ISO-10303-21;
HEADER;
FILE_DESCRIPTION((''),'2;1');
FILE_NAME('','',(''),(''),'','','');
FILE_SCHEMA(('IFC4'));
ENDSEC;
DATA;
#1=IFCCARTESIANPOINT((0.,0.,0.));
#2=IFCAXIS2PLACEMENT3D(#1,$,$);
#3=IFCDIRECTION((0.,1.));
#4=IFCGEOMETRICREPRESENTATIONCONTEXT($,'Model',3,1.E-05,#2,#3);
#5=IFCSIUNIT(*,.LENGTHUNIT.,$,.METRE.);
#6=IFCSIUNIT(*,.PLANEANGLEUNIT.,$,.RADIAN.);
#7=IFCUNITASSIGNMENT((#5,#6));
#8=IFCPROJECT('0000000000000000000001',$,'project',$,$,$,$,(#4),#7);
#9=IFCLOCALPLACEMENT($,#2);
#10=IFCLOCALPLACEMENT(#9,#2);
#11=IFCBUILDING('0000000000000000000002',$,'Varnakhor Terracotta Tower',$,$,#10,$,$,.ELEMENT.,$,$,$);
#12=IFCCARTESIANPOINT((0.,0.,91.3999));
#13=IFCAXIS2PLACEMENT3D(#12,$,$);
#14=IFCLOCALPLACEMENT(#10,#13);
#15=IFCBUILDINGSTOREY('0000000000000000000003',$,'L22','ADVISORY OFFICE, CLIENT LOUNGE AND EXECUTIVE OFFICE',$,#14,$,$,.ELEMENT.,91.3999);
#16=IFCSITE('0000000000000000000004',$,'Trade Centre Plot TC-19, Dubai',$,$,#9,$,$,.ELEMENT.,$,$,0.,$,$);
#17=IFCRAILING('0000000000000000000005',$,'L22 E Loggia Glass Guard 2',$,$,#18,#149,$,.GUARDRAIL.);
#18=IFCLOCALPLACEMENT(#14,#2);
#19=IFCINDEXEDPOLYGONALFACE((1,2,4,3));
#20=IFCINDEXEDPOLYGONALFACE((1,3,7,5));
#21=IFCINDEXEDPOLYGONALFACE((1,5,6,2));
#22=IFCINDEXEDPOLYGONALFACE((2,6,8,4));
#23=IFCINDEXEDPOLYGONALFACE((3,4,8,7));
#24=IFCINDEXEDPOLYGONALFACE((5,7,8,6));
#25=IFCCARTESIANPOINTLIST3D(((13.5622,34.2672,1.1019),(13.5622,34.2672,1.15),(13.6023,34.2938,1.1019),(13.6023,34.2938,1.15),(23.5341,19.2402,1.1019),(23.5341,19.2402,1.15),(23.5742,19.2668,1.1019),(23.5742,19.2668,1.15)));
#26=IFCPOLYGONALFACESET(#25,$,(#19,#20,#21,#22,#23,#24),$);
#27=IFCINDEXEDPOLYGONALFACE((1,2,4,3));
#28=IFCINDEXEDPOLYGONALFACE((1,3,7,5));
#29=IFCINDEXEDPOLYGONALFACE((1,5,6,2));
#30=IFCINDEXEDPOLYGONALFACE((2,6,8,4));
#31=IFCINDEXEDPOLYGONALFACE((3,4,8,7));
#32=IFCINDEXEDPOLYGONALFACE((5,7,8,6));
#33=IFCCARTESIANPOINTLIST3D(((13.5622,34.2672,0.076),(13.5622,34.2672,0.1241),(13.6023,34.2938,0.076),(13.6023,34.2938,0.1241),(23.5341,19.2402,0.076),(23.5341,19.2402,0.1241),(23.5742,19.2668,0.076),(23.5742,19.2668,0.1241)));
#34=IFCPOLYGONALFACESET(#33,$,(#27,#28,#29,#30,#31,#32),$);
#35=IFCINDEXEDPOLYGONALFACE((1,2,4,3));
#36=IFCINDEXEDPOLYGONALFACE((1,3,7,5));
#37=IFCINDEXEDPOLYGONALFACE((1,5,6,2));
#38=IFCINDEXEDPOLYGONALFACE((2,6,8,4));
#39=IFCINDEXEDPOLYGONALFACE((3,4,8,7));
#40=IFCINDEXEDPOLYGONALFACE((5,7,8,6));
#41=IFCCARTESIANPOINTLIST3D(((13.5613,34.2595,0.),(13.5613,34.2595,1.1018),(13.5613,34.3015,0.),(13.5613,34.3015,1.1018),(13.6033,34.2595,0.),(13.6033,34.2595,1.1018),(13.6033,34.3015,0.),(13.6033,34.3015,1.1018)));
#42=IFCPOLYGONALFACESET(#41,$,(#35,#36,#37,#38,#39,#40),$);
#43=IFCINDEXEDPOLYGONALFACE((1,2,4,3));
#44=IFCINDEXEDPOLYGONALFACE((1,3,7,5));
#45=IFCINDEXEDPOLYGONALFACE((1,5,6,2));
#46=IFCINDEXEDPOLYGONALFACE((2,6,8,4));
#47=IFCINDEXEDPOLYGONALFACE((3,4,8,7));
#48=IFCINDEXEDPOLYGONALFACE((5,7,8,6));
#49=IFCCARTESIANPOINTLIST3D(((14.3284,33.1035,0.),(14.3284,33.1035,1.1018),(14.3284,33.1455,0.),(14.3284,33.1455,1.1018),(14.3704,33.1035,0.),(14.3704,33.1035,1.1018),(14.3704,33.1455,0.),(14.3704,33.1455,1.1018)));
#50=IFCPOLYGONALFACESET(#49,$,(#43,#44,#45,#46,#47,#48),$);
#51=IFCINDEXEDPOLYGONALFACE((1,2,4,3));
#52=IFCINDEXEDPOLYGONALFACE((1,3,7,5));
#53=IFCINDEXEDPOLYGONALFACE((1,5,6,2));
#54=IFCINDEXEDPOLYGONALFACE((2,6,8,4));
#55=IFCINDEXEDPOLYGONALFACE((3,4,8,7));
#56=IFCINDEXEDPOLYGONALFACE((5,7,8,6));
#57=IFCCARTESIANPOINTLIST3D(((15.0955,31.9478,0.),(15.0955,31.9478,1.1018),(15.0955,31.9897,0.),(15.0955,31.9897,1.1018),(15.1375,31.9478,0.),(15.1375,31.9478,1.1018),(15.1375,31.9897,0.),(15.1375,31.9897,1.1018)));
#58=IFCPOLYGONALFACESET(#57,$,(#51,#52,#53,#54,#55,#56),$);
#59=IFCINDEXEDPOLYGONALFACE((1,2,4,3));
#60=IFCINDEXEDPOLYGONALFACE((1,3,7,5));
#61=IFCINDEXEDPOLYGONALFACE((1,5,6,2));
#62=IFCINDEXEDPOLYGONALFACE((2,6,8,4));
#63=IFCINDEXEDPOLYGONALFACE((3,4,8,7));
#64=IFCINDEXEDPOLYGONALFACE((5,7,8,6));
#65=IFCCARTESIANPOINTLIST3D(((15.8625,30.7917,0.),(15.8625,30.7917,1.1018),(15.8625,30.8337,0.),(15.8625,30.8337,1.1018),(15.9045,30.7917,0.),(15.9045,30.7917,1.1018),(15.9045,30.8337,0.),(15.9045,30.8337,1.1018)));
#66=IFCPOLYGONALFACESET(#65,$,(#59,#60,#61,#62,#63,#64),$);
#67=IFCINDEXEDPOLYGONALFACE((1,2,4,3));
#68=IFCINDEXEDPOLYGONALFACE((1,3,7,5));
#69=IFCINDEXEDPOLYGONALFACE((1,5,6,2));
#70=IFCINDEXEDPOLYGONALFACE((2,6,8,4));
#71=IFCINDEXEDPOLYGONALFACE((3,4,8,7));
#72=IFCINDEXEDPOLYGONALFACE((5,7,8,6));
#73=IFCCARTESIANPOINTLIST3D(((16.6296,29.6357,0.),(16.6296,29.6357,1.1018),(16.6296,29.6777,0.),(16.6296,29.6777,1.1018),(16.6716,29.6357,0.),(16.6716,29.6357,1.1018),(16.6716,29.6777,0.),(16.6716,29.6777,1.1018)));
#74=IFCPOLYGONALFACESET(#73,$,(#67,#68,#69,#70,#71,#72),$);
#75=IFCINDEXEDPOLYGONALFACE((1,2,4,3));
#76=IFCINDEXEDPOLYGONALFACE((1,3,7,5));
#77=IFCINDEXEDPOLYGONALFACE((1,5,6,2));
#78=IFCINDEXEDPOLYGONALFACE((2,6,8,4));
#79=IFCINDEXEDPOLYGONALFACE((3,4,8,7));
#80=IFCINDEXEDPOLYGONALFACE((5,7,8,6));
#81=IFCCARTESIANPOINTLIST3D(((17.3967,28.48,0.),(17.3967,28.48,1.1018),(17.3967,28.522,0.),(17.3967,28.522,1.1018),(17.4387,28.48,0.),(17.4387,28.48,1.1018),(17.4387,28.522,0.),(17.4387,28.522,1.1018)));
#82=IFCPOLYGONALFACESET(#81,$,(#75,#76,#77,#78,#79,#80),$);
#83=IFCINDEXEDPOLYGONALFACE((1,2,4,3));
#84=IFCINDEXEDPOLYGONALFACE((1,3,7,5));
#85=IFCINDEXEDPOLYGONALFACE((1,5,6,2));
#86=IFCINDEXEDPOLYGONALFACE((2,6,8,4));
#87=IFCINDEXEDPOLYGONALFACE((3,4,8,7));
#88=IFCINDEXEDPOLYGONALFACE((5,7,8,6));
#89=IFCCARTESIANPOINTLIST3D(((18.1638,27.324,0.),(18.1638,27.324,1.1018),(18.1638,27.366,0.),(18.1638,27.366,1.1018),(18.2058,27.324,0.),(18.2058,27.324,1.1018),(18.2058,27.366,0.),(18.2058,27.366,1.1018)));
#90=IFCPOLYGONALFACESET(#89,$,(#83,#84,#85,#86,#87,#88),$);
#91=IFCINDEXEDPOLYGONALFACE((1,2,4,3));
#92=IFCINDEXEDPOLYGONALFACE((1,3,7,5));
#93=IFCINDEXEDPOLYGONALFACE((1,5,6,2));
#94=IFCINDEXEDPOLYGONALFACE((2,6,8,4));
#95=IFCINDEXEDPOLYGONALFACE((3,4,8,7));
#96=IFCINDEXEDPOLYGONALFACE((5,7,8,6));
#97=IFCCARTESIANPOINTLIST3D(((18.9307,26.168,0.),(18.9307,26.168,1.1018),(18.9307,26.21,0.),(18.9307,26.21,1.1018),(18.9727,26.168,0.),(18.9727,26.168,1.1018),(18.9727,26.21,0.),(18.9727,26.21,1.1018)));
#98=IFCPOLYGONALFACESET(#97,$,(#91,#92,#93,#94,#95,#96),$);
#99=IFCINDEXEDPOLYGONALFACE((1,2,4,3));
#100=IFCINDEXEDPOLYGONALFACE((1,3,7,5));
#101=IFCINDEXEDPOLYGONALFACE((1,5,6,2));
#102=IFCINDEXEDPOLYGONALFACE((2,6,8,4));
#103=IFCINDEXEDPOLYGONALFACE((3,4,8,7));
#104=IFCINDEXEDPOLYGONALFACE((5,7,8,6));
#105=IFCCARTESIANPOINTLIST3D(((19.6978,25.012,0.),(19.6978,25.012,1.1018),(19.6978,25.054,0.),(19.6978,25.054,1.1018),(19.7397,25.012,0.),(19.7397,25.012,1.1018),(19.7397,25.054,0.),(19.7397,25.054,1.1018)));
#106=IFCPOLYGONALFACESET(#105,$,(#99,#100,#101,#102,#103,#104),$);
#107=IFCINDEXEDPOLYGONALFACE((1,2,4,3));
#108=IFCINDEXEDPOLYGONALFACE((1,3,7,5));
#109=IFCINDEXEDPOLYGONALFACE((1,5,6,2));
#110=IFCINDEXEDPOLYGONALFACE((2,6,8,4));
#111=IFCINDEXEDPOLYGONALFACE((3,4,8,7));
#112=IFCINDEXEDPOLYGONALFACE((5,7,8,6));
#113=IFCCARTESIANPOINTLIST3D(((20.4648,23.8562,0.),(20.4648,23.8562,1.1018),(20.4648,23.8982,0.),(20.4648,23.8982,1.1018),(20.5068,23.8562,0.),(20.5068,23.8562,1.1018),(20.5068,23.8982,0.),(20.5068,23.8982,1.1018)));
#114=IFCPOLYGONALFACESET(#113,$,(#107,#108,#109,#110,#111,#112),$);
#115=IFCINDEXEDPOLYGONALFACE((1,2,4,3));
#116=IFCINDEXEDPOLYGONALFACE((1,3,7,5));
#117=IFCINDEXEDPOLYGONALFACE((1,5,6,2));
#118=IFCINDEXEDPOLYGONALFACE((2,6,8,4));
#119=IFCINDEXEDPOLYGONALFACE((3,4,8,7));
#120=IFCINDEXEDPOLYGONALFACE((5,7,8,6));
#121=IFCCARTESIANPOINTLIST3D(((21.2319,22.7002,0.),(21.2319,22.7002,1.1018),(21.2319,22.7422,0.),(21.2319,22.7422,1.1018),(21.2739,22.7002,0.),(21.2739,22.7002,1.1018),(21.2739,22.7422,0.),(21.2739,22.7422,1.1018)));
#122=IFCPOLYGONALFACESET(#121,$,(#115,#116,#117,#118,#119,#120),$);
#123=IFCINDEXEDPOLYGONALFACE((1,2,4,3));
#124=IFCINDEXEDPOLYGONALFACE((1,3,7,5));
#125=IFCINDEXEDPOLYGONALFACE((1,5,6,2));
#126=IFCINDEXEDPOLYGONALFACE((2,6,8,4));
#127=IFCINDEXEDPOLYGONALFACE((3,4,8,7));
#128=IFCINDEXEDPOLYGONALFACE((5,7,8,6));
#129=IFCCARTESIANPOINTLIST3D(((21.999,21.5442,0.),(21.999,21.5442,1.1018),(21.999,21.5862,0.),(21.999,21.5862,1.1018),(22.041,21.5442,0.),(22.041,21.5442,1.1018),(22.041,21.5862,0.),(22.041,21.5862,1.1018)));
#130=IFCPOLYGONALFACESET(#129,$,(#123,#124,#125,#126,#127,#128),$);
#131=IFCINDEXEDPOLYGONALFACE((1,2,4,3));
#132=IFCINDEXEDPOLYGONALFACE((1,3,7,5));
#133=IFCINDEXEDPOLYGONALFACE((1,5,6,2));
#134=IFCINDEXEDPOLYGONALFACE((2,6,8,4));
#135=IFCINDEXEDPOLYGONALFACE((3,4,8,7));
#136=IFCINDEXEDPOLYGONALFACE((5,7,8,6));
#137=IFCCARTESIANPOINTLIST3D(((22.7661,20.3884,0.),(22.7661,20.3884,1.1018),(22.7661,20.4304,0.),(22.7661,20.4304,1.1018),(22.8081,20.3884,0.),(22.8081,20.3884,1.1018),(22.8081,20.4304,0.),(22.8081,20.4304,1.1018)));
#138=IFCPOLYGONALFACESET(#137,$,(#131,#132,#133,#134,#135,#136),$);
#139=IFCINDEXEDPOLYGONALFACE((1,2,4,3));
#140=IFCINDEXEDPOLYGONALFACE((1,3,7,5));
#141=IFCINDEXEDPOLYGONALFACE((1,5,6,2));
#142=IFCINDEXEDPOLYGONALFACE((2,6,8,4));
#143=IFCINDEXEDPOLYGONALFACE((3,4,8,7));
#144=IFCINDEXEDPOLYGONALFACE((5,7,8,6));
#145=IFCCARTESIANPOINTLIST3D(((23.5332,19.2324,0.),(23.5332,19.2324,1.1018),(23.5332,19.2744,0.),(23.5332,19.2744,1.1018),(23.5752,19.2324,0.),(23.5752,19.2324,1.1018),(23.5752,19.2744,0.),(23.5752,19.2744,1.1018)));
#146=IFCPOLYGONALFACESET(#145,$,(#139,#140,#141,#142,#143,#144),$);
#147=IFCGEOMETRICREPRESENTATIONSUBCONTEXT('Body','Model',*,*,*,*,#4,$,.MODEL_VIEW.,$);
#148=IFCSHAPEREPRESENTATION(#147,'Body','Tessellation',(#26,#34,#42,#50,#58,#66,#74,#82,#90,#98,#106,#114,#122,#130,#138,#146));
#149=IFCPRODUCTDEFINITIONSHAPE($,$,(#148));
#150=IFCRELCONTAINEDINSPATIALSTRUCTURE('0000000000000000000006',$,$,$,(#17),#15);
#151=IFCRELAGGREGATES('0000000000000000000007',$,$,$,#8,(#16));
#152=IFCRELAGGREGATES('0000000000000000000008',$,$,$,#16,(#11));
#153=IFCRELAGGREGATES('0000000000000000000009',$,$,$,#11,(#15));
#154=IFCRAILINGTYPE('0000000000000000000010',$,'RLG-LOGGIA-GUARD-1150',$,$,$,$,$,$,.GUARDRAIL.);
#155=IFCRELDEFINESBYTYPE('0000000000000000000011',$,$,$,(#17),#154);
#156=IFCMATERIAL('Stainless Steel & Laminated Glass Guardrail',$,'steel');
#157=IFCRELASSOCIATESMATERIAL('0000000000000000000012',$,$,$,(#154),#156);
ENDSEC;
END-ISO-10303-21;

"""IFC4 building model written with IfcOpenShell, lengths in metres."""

from ifc_helpers import new_model, si_unit, direction, frame, origin, origin_2d, place, context, subcontext, project, spatial, rectangle, extrude, material, type_object, element, save


model = new_model("IFC4")

# Units and contexts
model_context = context("Model", 3, precision=1e-05, world=origin(), true_north=direction((0.0, 1.0)))
body_context = subcontext(model_context, "Body", "Model", "MODEL_VIEW")
ifc_project = project(units=[si_unit("LENGTHUNIT", "METRE"), si_unit("PLANEANGLEUNIT", "RADIAN")], contexts=[model_context])

# Site, building, storey
site_placement = place(None, origin())
site = spatial("IfcSite", under=ifc_project, at=site_placement, Name="Trade Centre Plot TC-19, Dubai", CompositionType="ELEMENT", RefElevation=0.0)
building_placement = place(site_placement, origin())
building = spatial("IfcBuilding", under=site, at=building_placement, Name="Varnakhor Terracotta Tower", CompositionType="ELEMENT")
storey_placement = place(building_placement, frame((0.0, 0.0, 91.3999)))
storey = spatial("IfcBuildingStorey", under=building, at=storey_placement, Name="L22", Description="ADVISORY OFFICE, CLIENT LOUNGE AND EXECUTIVE OFFICE", CompositionType="ELEMENT", Elevation=91.3999)

# Railing
ifc_material_1 = material(Name="Stainless Steel & Laminated Glass Guardrail", Category="steel")
railing_type = type_object("IfcRailingType", Name="RLG-LOGGIA-GUARD-1150", PredefinedType="GUARDRAIL", material=ifc_material_1)
railing_1_placement = place(storey_placement, frame((13.5823, 34.2805, 0.0)))
element("IfcRailing", 1, at=railing_1_placement, inside=storey, type_object=railing_type, Name="L22 E Loggia Glass Guard 2", PredefinedType="GUARDRAIL", context=body_context, shape_type="SweptSolid", body=[
    extrude(rectangle(XDim=0.0481, YDim=0.0481, at=origin_2d()), frame((0.0, 0.0, 1.126), z_axis=(0.552928, -0.833229, 0.0), x_axis=(0.833229, 0.552928, 0.0)), (0.0, 0.0, 1.0), 18.0347),
    extrude(rectangle(XDim=0.0481, YDim=0.0481, at=origin_2d()), frame((0.0, 0.0, 0.1001), z_axis=(0.552928, -0.833229, 0.0), x_axis=(0.833229, 0.552928, 0.0)), (0.0, 0.0, 1.0), 18.0347),
    extrude(rectangle(XDim=0.042, YDim=0.042, at=origin_2d()), origin(), (0.0, 0.0, 1.0), 1.1018),
    extrude(rectangle(XDim=0.042, YDim=0.042, at=origin_2d()), frame((0.7671, -1.156, 0.0)), (0.0, 0.0, 1.0), 1.1018),
    extrude(rectangle(XDim=0.042, YDim=0.042, at=origin_2d()), frame((1.5342, -2.3118, 0.0)), (0.0, 0.0, 1.0), 1.1018),
    extrude(rectangle(XDim=0.042, YDim=0.042, at=origin_2d()), frame((2.3013, -3.4678, 0.0)), (0.0, 0.0, 1.0), 1.1018),
    extrude(rectangle(XDim=0.042, YDim=0.042, at=origin_2d()), frame((3.0684, -4.6238, 0.0)), (0.0, 0.0, 1.0), 1.1018),
    extrude(rectangle(XDim=0.042, YDim=0.042, at=origin_2d()), frame((3.8354, -5.7795, 0.0)), (0.0, 0.0, 1.0), 1.1018),
    extrude(rectangle(XDim=0.042, YDim=0.042, at=origin_2d()), frame((4.6025, -6.9355, 0.0)), (0.0, 0.0, 1.0), 1.1018),
    extrude(rectangle(XDim=0.042, YDim=0.042, at=origin_2d()), frame((5.3694, -8.0916, 0.0)), (0.0, 0.0, 1.0), 1.1018),
    extrude(rectangle(XDim=0.042, YDim=0.042, at=origin_2d()), frame((6.1365, -9.2476, 0.0)), (0.0, 0.0, 1.0), 1.1018),
    extrude(rectangle(XDim=0.042, YDim=0.042, at=origin_2d()), frame((6.9036, -10.4033, 0.0)), (0.0, 0.0, 1.0), 1.1018),
    extrude(rectangle(XDim=0.042, YDim=0.042, at=origin_2d()), frame((7.6707, -11.5593, 0.0)), (0.0, 0.0, 1.0), 1.1018),
    extrude(rectangle(XDim=0.042, YDim=0.042, at=origin_2d()), frame((8.4377, -12.7153, 0.0)), (0.0, 0.0, 1.0), 1.1018),
    extrude(rectangle(XDim=0.042, YDim=0.042, at=origin_2d()), frame((9.2048, -13.8711, 0.0)), (0.0, 0.0, 1.0), 1.1018),
    extrude(rectangle(XDim=0.042, YDim=0.042, at=origin_2d()), frame((9.9719, -15.0271, 0.0)), (0.0, 0.0, 1.0), 1.1018),
])

save(model, "model.ifc")
